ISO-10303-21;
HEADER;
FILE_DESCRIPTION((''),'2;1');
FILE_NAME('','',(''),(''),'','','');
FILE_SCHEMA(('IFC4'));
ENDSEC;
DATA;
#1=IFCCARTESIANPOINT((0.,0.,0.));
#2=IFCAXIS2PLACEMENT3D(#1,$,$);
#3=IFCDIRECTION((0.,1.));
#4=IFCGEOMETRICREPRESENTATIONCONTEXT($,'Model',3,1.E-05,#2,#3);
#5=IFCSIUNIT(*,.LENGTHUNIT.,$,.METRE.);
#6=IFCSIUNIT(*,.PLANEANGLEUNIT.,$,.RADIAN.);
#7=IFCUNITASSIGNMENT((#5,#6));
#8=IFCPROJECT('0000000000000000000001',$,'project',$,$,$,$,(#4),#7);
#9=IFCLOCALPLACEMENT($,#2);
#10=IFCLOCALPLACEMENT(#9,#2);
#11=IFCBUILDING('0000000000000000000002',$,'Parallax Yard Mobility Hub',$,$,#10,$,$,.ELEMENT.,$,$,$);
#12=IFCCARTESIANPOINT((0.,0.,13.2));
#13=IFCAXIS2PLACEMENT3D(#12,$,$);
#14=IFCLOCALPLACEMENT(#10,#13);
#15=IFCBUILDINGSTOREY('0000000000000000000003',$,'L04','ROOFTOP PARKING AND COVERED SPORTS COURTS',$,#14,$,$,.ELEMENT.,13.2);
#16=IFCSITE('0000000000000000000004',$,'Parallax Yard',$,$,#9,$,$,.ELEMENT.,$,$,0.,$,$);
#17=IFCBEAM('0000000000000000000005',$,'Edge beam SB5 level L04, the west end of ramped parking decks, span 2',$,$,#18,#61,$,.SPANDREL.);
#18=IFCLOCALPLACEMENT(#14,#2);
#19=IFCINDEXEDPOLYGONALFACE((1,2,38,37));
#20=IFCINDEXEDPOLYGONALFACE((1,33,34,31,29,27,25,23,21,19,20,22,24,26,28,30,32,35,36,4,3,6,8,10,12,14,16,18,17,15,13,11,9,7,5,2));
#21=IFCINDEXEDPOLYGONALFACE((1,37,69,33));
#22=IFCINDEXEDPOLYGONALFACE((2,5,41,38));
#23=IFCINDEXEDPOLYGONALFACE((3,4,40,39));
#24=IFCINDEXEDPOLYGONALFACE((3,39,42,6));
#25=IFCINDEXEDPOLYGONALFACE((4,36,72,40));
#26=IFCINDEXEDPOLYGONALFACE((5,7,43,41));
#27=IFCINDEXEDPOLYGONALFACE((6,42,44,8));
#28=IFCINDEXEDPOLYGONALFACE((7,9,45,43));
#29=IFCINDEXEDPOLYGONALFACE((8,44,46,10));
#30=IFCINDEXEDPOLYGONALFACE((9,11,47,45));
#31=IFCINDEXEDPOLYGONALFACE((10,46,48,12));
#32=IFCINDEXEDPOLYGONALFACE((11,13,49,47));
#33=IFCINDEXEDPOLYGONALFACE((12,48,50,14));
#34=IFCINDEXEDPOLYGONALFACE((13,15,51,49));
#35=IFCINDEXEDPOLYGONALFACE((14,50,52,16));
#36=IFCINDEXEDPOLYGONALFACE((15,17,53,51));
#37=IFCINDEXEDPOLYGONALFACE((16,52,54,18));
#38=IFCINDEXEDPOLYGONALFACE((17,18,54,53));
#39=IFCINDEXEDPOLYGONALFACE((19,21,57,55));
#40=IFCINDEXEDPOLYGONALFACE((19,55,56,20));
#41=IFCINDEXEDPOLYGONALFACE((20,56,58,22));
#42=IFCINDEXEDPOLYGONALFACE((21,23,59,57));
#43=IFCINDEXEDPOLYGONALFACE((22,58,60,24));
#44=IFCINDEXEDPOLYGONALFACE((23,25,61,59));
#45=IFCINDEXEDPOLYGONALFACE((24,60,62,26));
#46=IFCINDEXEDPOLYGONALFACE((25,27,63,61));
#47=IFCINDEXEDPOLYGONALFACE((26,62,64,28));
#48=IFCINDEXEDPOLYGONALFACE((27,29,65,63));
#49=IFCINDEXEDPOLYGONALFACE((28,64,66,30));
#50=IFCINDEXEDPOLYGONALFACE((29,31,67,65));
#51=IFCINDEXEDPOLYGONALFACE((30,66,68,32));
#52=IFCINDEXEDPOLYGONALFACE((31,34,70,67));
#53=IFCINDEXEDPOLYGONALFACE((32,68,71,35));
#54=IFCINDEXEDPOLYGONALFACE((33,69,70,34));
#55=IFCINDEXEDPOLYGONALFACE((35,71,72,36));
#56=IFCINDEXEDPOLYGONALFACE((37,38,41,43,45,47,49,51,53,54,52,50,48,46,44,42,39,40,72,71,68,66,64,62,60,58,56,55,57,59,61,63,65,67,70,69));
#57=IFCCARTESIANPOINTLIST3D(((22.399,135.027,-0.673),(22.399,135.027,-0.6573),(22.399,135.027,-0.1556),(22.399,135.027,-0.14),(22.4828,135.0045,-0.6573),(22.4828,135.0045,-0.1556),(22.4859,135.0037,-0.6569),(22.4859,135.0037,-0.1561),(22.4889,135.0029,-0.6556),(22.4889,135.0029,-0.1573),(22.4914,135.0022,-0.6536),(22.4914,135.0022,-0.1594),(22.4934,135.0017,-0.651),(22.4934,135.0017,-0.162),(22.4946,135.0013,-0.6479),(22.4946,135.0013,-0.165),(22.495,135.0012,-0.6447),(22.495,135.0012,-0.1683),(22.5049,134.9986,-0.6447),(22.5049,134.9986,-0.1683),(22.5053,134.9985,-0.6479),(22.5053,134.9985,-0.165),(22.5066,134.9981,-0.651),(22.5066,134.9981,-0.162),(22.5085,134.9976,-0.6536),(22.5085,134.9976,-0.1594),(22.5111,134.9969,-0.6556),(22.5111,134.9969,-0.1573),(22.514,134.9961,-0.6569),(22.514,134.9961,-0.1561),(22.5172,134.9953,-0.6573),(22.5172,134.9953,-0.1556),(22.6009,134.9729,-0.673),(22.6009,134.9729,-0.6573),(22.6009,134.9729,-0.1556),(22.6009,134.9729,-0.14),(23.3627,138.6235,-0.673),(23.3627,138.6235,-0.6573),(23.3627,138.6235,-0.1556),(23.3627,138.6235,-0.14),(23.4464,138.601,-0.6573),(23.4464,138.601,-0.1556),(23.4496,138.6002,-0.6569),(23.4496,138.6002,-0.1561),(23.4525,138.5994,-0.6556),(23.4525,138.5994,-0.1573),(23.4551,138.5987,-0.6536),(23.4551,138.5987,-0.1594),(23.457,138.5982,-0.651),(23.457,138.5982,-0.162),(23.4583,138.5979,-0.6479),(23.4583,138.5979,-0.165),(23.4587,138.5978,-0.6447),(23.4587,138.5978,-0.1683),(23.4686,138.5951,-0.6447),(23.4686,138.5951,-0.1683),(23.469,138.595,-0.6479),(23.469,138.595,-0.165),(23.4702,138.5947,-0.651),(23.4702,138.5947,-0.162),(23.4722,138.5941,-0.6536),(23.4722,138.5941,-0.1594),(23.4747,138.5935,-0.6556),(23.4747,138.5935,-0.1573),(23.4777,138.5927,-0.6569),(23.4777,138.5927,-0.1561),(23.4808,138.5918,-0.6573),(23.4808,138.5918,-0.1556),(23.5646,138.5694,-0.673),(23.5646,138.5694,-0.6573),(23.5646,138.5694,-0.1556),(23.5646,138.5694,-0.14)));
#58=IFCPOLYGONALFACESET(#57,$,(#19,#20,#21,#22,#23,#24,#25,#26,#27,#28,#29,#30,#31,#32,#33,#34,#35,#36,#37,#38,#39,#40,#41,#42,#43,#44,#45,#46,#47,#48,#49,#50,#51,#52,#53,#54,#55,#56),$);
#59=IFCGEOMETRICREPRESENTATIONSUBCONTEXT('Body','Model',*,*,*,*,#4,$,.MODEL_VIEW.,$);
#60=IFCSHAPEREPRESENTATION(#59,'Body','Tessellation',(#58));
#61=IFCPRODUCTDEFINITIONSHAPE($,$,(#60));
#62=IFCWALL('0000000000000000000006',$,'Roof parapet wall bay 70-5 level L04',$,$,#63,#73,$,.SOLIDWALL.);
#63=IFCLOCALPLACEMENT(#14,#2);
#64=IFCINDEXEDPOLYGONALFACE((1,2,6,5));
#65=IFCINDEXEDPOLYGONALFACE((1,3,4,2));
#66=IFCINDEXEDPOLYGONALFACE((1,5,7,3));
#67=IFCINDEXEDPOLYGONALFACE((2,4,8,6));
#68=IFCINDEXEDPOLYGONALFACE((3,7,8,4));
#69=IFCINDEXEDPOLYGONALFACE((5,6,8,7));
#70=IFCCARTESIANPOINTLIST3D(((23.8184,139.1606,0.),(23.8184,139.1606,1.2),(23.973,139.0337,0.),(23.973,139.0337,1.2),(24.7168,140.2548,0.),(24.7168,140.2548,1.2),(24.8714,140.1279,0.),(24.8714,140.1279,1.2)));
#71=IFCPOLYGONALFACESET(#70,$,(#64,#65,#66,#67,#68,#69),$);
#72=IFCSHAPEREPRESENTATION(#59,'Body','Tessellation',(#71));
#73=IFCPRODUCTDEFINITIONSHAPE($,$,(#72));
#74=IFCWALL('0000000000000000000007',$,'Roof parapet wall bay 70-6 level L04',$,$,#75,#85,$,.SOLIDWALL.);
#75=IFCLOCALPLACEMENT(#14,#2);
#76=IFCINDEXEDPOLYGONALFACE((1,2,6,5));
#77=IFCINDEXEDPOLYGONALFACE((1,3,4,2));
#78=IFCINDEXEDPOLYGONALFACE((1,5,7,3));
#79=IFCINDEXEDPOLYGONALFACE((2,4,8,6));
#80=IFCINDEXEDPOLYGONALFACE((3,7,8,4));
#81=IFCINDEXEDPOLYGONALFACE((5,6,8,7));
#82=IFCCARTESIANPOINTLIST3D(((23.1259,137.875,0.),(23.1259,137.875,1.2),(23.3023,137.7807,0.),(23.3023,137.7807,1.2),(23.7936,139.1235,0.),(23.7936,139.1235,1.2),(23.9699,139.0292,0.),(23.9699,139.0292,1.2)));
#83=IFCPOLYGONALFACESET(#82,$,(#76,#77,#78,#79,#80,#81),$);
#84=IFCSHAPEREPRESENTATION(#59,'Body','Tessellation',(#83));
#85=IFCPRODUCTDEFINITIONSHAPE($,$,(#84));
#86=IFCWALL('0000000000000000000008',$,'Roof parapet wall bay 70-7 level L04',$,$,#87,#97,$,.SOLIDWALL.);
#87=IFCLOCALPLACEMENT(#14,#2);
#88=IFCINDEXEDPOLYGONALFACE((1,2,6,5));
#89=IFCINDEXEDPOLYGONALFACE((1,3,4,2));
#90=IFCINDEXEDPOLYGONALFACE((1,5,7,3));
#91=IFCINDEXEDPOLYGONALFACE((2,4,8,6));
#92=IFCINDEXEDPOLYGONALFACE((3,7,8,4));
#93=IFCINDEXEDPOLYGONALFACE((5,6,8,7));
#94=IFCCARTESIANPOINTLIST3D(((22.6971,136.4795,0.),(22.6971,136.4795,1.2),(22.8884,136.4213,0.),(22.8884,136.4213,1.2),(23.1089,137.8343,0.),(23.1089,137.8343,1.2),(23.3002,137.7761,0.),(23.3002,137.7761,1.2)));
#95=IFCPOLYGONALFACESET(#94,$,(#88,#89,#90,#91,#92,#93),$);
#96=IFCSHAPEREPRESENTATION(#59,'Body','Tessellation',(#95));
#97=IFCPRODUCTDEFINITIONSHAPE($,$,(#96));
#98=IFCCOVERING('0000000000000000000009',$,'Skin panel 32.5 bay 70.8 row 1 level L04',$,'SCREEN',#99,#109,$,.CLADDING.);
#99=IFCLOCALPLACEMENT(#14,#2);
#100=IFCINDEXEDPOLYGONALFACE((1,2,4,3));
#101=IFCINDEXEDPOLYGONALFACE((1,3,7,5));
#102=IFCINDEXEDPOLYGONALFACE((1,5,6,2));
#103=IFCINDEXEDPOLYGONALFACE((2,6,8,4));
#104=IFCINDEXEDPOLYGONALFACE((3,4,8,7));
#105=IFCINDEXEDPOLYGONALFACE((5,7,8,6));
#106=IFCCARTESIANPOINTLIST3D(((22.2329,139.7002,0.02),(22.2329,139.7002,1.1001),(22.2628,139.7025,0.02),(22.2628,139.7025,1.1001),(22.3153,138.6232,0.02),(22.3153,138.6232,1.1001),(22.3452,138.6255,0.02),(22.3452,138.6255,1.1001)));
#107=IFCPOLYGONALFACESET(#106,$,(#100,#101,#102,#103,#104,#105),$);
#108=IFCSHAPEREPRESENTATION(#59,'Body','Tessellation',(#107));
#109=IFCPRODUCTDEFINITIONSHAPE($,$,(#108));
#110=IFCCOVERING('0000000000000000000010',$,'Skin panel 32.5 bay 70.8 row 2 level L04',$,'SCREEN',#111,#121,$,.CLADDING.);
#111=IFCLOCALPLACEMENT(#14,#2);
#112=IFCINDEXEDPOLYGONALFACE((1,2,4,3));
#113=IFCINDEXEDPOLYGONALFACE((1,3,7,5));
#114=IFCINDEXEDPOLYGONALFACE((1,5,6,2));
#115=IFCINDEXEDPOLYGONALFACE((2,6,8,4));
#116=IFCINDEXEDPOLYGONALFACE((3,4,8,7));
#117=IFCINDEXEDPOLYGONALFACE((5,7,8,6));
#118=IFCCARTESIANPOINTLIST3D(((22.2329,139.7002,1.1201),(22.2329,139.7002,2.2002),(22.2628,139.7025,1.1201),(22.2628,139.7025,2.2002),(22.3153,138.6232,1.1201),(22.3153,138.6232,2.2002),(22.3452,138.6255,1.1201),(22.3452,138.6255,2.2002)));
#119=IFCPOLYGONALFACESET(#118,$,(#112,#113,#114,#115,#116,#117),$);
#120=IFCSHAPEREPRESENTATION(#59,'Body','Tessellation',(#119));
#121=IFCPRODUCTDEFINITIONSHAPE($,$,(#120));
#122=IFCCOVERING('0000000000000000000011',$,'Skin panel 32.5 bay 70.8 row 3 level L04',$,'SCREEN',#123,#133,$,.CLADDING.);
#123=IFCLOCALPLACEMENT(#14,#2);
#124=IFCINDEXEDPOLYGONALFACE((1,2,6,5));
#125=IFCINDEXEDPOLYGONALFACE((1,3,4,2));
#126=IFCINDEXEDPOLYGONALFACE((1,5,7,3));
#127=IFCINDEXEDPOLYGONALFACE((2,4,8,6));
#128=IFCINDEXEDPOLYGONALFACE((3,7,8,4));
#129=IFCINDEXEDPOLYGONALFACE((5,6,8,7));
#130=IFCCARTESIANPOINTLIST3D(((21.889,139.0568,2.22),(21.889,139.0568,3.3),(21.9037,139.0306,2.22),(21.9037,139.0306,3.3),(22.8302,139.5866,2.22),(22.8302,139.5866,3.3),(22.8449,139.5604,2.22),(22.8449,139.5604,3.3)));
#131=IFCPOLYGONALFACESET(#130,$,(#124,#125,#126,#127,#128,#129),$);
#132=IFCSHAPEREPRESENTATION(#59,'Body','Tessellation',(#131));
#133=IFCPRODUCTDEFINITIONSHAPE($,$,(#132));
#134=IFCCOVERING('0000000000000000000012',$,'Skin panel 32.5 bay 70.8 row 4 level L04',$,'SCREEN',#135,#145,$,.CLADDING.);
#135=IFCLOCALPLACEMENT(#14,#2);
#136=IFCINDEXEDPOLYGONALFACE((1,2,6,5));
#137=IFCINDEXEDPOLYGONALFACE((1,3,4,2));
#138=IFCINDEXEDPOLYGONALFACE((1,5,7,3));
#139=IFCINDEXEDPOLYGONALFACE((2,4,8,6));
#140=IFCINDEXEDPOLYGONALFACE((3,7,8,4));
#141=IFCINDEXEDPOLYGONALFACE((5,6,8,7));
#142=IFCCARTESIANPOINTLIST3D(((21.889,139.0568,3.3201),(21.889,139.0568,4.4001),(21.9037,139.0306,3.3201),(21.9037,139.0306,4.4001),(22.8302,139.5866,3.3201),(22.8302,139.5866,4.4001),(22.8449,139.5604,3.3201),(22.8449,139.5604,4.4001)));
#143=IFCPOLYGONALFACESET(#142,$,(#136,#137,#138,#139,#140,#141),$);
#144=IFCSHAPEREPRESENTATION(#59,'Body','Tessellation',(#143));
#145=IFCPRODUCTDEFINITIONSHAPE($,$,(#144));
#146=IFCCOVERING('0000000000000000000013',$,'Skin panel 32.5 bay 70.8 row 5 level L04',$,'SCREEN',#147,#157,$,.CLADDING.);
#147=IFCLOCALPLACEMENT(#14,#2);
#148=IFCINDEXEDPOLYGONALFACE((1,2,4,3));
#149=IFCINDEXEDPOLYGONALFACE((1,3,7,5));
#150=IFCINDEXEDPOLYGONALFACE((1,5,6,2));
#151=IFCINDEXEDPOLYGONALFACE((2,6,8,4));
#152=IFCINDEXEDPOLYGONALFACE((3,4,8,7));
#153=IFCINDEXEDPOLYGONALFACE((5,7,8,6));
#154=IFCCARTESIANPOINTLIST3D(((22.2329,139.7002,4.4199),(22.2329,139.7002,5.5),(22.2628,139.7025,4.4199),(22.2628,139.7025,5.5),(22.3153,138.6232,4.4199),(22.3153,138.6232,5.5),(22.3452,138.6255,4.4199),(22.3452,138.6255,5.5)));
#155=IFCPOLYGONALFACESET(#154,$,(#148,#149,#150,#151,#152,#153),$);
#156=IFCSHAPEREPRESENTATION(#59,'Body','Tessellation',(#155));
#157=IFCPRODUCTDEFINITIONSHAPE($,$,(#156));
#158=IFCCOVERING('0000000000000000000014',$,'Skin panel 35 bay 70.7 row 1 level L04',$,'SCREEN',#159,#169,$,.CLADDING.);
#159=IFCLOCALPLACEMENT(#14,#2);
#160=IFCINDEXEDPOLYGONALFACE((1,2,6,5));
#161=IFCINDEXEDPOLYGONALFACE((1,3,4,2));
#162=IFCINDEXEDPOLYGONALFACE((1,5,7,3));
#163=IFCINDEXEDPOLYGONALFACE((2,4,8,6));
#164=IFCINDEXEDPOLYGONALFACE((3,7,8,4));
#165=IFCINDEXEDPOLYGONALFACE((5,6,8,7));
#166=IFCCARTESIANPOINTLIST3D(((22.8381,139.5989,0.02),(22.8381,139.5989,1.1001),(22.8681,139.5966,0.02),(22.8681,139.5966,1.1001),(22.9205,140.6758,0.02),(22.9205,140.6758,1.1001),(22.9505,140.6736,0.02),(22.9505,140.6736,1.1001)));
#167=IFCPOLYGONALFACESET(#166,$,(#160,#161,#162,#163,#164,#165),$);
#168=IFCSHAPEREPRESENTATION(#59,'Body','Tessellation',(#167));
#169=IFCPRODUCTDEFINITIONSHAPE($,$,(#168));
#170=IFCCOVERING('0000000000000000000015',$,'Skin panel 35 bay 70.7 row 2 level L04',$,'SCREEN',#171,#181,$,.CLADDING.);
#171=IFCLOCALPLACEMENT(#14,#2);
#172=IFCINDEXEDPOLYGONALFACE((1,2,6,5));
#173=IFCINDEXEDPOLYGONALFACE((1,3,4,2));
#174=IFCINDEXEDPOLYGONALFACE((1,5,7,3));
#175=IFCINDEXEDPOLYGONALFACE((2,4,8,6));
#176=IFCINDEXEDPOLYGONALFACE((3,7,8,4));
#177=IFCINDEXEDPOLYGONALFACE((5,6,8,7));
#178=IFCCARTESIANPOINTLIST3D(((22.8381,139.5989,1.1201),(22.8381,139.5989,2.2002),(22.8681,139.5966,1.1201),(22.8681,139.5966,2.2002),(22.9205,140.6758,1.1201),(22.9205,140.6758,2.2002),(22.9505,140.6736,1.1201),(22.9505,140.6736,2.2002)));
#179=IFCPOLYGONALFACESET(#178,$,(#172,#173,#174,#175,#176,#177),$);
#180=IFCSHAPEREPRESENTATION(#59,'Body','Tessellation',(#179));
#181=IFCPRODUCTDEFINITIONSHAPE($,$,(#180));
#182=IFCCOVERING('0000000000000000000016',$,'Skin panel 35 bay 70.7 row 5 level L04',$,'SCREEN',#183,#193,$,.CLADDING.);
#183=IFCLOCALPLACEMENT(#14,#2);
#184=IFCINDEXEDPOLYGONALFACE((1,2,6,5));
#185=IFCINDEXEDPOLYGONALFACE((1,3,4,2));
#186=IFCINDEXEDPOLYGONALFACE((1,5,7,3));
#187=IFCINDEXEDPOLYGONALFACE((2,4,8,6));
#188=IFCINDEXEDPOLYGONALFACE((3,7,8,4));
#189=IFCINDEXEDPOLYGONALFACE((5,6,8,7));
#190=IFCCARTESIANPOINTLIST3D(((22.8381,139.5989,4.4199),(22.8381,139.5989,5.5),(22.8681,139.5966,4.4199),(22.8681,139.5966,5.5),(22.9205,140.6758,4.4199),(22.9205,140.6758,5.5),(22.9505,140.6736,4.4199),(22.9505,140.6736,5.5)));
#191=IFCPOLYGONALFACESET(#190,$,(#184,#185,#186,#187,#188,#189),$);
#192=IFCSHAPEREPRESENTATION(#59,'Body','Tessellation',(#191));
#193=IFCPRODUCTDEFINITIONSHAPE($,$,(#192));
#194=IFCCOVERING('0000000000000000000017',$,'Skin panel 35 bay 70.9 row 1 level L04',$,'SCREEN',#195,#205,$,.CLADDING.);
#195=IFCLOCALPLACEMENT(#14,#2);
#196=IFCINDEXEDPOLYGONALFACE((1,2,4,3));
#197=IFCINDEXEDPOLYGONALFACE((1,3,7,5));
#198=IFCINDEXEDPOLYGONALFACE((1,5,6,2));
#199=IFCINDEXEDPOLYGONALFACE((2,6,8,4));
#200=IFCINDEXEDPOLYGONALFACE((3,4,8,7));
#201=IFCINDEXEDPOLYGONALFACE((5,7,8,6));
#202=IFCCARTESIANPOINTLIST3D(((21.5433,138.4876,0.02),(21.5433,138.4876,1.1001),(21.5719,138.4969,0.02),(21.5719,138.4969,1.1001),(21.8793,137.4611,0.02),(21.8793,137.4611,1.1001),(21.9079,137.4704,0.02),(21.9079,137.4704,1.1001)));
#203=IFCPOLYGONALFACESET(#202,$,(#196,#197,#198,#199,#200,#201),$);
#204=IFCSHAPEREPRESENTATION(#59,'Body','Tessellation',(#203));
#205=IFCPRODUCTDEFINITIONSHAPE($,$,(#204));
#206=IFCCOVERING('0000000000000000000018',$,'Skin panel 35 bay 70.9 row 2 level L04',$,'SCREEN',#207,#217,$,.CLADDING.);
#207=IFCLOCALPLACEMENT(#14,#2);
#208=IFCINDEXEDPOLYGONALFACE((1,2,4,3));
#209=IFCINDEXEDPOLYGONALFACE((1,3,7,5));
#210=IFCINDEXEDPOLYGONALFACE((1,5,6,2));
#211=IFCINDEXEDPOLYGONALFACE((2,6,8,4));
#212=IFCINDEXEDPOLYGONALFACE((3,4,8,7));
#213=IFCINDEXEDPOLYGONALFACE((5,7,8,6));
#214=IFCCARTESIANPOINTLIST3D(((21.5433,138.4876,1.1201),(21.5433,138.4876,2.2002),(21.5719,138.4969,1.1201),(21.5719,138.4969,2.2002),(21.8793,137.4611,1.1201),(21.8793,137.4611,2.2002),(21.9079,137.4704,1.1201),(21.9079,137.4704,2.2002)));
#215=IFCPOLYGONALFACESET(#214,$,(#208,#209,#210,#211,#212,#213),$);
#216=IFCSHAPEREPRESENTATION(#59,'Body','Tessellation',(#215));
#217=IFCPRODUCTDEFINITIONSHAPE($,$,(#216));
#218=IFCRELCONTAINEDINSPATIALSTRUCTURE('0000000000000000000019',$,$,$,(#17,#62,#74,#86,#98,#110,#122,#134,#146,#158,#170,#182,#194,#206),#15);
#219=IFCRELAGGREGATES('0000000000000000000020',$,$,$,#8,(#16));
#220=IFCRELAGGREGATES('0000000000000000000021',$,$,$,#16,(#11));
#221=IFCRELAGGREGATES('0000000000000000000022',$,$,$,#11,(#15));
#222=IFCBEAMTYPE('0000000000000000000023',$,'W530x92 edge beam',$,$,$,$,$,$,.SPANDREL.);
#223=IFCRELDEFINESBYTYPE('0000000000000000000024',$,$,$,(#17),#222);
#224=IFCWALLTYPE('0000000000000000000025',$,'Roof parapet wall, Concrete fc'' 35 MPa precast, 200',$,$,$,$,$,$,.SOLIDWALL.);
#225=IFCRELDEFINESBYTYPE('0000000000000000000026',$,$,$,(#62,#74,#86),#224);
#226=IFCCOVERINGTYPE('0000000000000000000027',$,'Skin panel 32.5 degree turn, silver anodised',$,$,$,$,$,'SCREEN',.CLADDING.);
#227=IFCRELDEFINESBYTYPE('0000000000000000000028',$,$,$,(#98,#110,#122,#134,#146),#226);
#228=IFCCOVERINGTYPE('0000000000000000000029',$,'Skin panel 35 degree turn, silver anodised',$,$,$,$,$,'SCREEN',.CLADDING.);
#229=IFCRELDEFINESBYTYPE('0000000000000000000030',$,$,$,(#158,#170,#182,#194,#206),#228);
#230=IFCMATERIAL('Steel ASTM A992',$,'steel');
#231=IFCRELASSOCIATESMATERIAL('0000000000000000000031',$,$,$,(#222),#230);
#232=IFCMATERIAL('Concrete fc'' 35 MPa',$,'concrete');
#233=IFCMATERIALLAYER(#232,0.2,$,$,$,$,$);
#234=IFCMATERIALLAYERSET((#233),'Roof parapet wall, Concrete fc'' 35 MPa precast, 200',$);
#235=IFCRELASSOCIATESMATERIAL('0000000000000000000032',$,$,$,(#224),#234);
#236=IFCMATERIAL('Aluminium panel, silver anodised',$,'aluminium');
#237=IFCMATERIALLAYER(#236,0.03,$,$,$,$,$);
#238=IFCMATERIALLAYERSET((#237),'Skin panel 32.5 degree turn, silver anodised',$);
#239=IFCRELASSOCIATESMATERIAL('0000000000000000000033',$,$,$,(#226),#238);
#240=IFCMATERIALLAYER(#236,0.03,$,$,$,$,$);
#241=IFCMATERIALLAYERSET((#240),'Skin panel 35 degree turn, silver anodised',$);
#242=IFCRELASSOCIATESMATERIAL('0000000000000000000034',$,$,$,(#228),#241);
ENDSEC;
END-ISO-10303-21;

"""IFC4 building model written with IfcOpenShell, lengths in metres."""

from ifc_helpers import new_model, si_unit, direction, frame, frame_2d, origin, origin_2d, place, context, subcontext, project, spatial, rectangle, i_section, extrude, material, layer, layer_set, material_profile, profile_set, type_object, element, save


model = new_model("IFC4")

# Units and contexts
model_context = context("Model", 3, precision=1e-05, world=origin(), true_north=direction((0.0, 1.0)))
body_context = subcontext(model_context, "Body", "Model", "MODEL_VIEW")
ifc_project = project(units=[si_unit("LENGTHUNIT", "METRE"), si_unit("PLANEANGLEUNIT", "RADIAN")], contexts=[model_context])

# Site, building, storey
site_placement = place(None, origin())
site = spatial("IfcSite", under=ifc_project, at=site_placement, Name="Parallax Yard", CompositionType="ELEMENT", RefElevation=0.0)
building_placement = place(site_placement, origin())
building = spatial("IfcBuilding", under=site, at=building_placement, Name="Parallax Yard Mobility Hub", CompositionType="ELEMENT")
storey_placement = place(building_placement, frame((0.0, 0.0, 13.2)))
storey = spatial("IfcBuildingStorey", under=building, at=storey_placement, Name="L04", Description="ROOFTOP PARKING AND COVERED SPORTS COURTS", CompositionType="ELEMENT", Elevation=13.2)

# Beam
ifc_material_1 = material(Name="Steel ASTM A992", Category="steel")
ifc_material_profile_1 = material_profile(ifc_material_1, i_section(OverallWidth=0.209, OverallDepth=0.533, WebThickness=0.0103, FlangeThickness=0.0156, FilletRadius=0.0127, at=origin_2d()), Name="W530x92")
ifc_profile_set_1 = profile_set([ifc_material_profile_1], Name="Steel ASTM A992")
beam_type = type_object("IfcBeamType", Name="W530x92 edge beam", PredefinedType="SPANDREL", material=ifc_profile_set_1)
beam_placement = place(storey_placement, frame((23.4636, 138.5964, -0.4065), z_axis=(-0.258809, -0.965928, 0.0), x_axis=(0.965928, -0.258809, 0.0)))
element("IfcBeam", 1, at=beam_placement, inside=storey, type_object=beam_type, Name="Edge beam SB5 level L04, the west end of ramped parking decks, span 2", PredefinedType="SPANDREL", context=body_context, shape_type="SweptSolid", body=[
    extrude(i_section(OverallWidth=0.209, OverallDepth=0.533, WebThickness=0.0103, FlangeThickness=0.0156, FilletRadius=0.0127, at=origin_2d()), origin(), (0.0, 0.0, 1.0), 3.7234),
])

# Walls
ifc_material_2 = material(Name="Concrete fc' 35 MPa", Category="concrete")
ifc_layer_1 = layer(ifc_material_2, 0.2)
ifc_layer_set_1 = layer_set([ifc_layer_1], Name="Roof parapet wall, Concrete fc' 35 MPa precast, 200")
wall_type = type_object("IfcWallType", Name="Roof parapet wall, Concrete fc' 35 MPa precast, 200", PredefinedType="SOLIDWALL", material=ifc_layer_set_1)
for number, where, z_axis, x_axis, name in (
    (2, (24.7942, 140.1914, 0.0), (0.0, 0.0, 1.0), (-0.63457, -0.772865, 0.0), "Roof parapet wall bay 70-5 level L04"),
    (3, (23.8818, 139.0764, 0.0), (0.0, 0.0, 1.0), (-0.471599, -0.881813, 0.0), "Roof parapet wall bay 70-6 level L04"),
):
    element("IfcWall", number, at=place(storey_placement, frame(where, z_axis=z_axis, x_axis=x_axis)), inside=storey, type_object=wall_type, Name=name, PredefinedType="SOLIDWALL", context=body_context, shape_type="SweptSolid", body=[
        extrude(rectangle(XDim=1.4158, YDim=0.2, at=frame_2d((0.708, 0.0))), origin(), (0.0, 0.0, 1.0), 1.2),
    ])
wall_placement = place(storey_placement, frame((23.2046, 137.8052, 0.0), z_axis=(0.0, 0.0, 1.0), x_axis=(-0.290873, -0.956762, 0.0)))
element("IfcWall", 4, at=wall_placement, inside=storey, type_object=wall_type, Name="Roof parapet wall bay 70-7 level L04", PredefinedType="SOLIDWALL", context=body_context, shape_type="SweptSolid", body=[
    extrude(rectangle(XDim=1.416, YDim=0.2, at=frame_2d((0.708, 0.0))), origin(), (0.0, 0.0, 1.0), 1.2),
])

# Coverings
ifc_material_3 = material(Name="Aluminium panel, silver anodised", Category="aluminium")
ifc_layer_2 = layer(ifc_material_3, 0.03)
ifc_layer_set_2 = layer_set([ifc_layer_2], Name="Skin panel 32.5 degree turn, silver anodised")
covering_type_1 = type_object("IfcCoveringType", Name="Skin panel 32.5 degree turn, silver anodised", ElementType="SCREEN", PredefinedType="CLADDING", material=ifc_layer_set_2)
for number, where, z_axis, x_axis, name in (
    (5, (22.2891, 139.1628, 0.02), (0.0, 0.0, 1.0), (-0.076284, 0.997086, 0.0), "Skin panel 32.5 bay 70.8 row 1 level L04"),
    (6, (22.2891, 139.1628, 1.1201), (0.0, 0.0, 1.0), (-0.076284, 0.997086, 0.0), "Skin panel 32.5 bay 70.8 row 2 level L04"),
    (7, (22.3669, 139.3086, 2.22), (0.0, 0.0, 1.0), (-0.871428, -0.490524, 0.0), "Skin panel 32.5 bay 70.8 row 3 level L04"),
    (8, (22.3669, 139.3086, 3.3201), (0.0, 0.0, 1.0), (-0.871428, -0.490524, 0.0), "Skin panel 32.5 bay 70.8 row 4 level L04"),
    (9, (22.2891, 139.1628, 4.4199), (0.0, 0.0, 1.0), (-0.076284, 0.997086, 0.0), "Skin panel 32.5 bay 70.8 row 5 level L04"),
):
    element("IfcCovering", number, at=place(storey_placement, frame(where, z_axis=z_axis, x_axis=x_axis)), inside=storey, type_object=covering_type_1, Name=name, ObjectType="SCREEN", PredefinedType="CLADDING", context=body_context, shape_type="SweptSolid", body=[
        extrude(rectangle(XDim=1.0801, YDim=0.03, at=origin_2d()), origin(), (0.0, 0.0, 1.0), 1.0801),
    ])
ifc_layer_3 = layer(ifc_material_3, 0.03)
ifc_layer_set_3 = layer_set([ifc_layer_3], Name="Skin panel 35 degree turn, silver anodised")
covering_type_2 = type_object("IfcCoveringType", Name="Skin panel 35 degree turn, silver anodised", ElementType="SCREEN", PredefinedType="CLADDING", material=ifc_layer_set_3)
for number, where, z_axis, x_axis, name in (
    (10, (22.8943, 140.1362, 0.02), (0.0, 0.0, 1.0), (0.076284, 0.997086, 0.0), "Skin panel 35 bay 70.7 row 1 level L04"),
    (11, (22.8943, 140.1362, 1.1201), (0.0, 0.0, 1.0), (0.076284, 0.997086, 0.0), "Skin panel 35 bay 70.7 row 2 level L04"),
    (12, (22.8943, 140.1362, 4.4199), (0.0, 0.0, 1.0), (0.076284, 0.997086, 0.0), "Skin panel 35 bay 70.7 row 5 level L04"),
    (13, (21.7256, 137.979, 0.02), (0.0, 0.0, 1.0), (-0.311091, 0.95038, 0.0), "Skin panel 35 bay 70.9 row 1 level L04"),
    (14, (21.7256, 137.979, 1.1201), (0.0, 0.0, 1.0), (-0.311091, 0.95038, 0.0), "Skin panel 35 bay 70.9 row 2 level L04"),
):
    element("IfcCovering", number, at=place(storey_placement, frame(where, z_axis=z_axis, x_axis=x_axis)), inside=storey, type_object=covering_type_2, Name=name, ObjectType="SCREEN", PredefinedType="CLADDING", context=body_context, shape_type="SweptSolid", body=[
        extrude(rectangle(XDim=1.0801, YDim=0.03, at=origin_2d()), origin(), (0.0, 0.0, 1.0), 1.0801),
    ])

save(model, "model.ifc")
